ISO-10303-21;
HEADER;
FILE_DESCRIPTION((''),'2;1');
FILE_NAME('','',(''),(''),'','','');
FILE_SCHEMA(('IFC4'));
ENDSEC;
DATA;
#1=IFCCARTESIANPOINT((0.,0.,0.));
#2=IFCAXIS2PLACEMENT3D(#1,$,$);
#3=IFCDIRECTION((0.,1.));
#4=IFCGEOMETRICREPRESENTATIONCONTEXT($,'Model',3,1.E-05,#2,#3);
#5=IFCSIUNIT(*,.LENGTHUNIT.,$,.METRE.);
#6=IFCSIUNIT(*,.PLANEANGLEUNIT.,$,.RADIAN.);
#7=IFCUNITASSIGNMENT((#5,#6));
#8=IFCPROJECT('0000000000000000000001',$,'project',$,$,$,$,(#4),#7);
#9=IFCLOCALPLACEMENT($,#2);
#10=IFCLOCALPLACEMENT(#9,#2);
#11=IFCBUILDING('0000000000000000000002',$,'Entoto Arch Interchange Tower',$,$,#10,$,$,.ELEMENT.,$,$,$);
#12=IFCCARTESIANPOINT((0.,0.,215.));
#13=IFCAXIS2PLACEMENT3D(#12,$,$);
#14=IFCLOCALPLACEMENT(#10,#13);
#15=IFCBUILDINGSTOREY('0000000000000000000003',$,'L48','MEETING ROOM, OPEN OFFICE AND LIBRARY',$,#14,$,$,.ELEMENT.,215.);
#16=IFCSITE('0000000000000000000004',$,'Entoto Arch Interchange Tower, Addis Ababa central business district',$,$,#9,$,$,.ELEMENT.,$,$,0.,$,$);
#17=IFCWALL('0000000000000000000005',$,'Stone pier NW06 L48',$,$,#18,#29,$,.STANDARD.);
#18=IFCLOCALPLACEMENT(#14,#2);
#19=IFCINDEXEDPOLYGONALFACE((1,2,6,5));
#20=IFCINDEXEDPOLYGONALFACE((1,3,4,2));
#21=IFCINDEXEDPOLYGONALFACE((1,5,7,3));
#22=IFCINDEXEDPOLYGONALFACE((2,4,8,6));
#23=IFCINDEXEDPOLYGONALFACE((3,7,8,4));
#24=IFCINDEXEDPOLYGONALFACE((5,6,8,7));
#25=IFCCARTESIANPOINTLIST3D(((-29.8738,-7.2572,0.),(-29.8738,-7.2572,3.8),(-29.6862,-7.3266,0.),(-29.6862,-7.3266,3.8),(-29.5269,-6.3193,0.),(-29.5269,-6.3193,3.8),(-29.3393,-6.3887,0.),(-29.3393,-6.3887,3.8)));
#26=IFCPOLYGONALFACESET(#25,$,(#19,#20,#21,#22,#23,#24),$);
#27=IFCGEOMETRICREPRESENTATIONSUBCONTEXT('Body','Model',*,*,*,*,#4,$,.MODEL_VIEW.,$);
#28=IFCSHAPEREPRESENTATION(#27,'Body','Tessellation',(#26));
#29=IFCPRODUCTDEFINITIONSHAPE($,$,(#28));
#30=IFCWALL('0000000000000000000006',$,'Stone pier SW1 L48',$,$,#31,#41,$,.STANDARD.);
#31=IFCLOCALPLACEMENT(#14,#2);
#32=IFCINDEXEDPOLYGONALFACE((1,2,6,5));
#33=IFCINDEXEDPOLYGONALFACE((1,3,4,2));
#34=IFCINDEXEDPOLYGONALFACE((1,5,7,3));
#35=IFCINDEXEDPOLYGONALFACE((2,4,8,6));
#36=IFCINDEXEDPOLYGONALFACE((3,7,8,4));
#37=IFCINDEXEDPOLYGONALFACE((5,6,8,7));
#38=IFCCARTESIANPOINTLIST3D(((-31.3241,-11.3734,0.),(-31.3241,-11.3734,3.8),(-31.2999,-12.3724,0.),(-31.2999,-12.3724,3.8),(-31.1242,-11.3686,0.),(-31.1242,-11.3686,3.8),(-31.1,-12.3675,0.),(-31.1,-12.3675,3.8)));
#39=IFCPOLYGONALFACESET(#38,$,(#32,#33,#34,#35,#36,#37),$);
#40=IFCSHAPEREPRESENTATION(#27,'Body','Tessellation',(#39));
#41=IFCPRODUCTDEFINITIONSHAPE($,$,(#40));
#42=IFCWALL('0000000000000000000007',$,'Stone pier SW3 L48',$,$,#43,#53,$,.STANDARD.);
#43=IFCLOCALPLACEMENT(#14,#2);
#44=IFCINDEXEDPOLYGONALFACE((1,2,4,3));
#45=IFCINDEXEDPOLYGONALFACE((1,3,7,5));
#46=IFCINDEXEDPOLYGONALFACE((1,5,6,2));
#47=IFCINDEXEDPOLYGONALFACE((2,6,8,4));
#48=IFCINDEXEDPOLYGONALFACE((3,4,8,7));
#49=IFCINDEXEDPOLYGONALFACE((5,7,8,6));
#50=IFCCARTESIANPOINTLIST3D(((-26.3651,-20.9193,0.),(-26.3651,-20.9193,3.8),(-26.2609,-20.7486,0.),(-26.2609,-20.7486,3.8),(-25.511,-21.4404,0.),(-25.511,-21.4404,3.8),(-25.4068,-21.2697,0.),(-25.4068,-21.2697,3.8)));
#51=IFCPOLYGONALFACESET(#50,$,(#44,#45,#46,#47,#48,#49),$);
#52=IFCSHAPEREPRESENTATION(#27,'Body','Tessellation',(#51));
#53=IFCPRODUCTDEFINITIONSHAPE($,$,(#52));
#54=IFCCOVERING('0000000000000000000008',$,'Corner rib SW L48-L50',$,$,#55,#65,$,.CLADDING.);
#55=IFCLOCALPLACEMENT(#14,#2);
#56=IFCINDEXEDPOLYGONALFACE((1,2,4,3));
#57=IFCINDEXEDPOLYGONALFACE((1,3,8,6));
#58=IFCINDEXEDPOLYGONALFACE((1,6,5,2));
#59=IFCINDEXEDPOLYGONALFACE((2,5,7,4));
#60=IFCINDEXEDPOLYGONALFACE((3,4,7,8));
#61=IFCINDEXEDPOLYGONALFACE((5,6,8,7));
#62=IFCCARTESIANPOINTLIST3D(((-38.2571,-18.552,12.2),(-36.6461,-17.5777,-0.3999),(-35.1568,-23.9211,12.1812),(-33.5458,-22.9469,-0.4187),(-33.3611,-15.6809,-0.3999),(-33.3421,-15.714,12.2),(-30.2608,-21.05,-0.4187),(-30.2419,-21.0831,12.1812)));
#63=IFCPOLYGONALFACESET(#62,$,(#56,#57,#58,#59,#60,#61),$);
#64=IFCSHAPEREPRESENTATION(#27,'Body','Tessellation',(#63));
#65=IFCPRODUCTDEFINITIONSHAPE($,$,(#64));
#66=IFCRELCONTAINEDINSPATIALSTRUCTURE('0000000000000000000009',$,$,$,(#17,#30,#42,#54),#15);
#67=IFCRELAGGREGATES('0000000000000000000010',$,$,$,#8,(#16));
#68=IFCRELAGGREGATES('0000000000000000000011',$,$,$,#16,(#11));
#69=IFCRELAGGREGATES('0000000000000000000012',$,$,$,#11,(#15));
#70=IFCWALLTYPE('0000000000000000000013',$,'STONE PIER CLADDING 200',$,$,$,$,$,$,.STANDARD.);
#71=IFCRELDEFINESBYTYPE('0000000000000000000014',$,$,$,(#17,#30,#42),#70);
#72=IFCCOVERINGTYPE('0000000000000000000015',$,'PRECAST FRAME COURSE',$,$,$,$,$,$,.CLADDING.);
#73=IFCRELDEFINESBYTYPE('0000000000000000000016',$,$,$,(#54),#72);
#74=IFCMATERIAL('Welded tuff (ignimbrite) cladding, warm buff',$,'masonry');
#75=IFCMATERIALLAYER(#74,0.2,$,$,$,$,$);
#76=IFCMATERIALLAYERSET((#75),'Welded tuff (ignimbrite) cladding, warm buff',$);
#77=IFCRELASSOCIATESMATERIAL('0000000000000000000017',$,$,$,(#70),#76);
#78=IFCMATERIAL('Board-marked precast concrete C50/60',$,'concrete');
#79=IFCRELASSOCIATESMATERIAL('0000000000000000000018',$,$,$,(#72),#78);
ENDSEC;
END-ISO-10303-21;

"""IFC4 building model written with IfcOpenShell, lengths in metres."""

from ifc_helpers import new_model, si_unit, direction, frame, frame_2d, origin, place, context, subcontext, project, spatial, polyline, rectangle, outline, extrude, material, layer, layer_set, type_object, element, save


model = new_model("IFC4")

# Units and contexts
model_context = context("Model", 3, precision=1e-05, world=origin(), true_north=direction((0.0, 1.0)))
body_context = subcontext(model_context, "Body", "Model", "MODEL_VIEW")
ifc_project = project(units=[si_unit("LENGTHUNIT", "METRE"), si_unit("PLANEANGLEUNIT", "RADIAN")], contexts=[model_context])

# Site, building, storey
site_placement = place(None, origin())
site = spatial("IfcSite", under=ifc_project, at=site_placement, Name="Entoto Arch Interchange Tower, Addis Ababa central business district", CompositionType="ELEMENT", RefElevation=0.0)
building_placement = place(site_placement, origin())
building = spatial("IfcBuilding", under=site, at=building_placement, Name="Entoto Arch Interchange Tower", CompositionType="ELEMENT")
storey_placement = place(building_placement, frame((0.0, 0.0, 215.0)))
storey = spatial("IfcBuildingStorey", under=building, at=storey_placement, Name="L48", Description="MEETING ROOM, OPEN OFFICE AND LIBRARY", CompositionType="ELEMENT", Elevation=215.0)

# Shared definitions
ifc_material_1 = material(Name="Welded tuff (ignimbrite) cladding, warm buff", Category="masonry")

# Walls
ifc_layer_1 = layer(ifc_material_1, 0.2)
ifc_layer_set_1 = layer_set([ifc_layer_1], Name="Welded tuff (ignimbrite) cladding, warm buff")
wall_type_1 = type_object("IfcWallType", Name="STONE PIER CLADDING 200", PredefinedType="STANDARD", material=ifc_layer_set_1)
wall_1_placement = place(storey_placement, frame((-29.4331, -6.354, 0.0), z_axis=(0.0, 0.0, 1.0), x_axis=(-0.346893, -0.937905, 0.0)))
element("IfcWall", 1, at=wall_1_placement, inside=storey, type_object=wall_type_1, Name="Stone pier NW06 L48", PredefinedType="STANDARD", context=body_context, shape_type="SweptSolid", body=[
    extrude(rectangle(XDim=1.0, YDim=0.2, at=frame_2d((0.5, 0.0))), origin(), (0.0, 0.0, 1.0), 3.8),
])
wall_2_placement = place(storey_placement, frame((-31.2241, -11.3711, 0.0), z_axis=(0.0, 0.0, 1.0), x_axis=(0.024186, -0.999707, 0.0)))
element("IfcWall", 2, at=wall_2_placement, inside=storey, type_object=wall_type_1, Name="Stone pier SW1 L48", PredefinedType="STANDARD", context=body_context, shape_type="SweptSolid", body=[
    extrude(rectangle(XDim=0.9993, YDim=0.2, at=frame_2d((0.4995, 0.0))), origin(), (0.0, 0.0, 1.0), 3.8),
])
wall_3_placement = place(storey_placement, frame((-26.313, -20.834, 0.0), z_axis=(0.0, 0.0, 1.0), x_axis=(0.85368, -0.520798, 0.0)))
element("IfcWall", 3, at=wall_3_placement, inside=storey, type_object=wall_type_1, Name="Stone pier SW3 L48", PredefinedType="STANDARD", context=body_context, shape_type="SweptSolid", body=[
    extrude(rectangle(XDim=1.0005, YDim=0.2, at=frame_2d((0.5002, 0.0))), origin(), (0.0, 0.0, 1.0), 3.8),
])

# Covering
ifc_material_2 = material(Name="Board-marked precast concrete C50/60", Category="concrete")
covering_type = type_object("IfcCoveringType", Name="PRECAST FRAME COURSE", PredefinedType="CLADDING", material=ifc_material_2)
covering_placement = place(storey_placement, frame((-33.3611, -15.6809, -0.3999), z_axis=(-0.500047, 0.865993, 0.003025), x_axis=(-0.865997, -0.500049, 0.0)))
element("IfcCovering", 4, at=covering_placement, inside=storey, type_object=covering_type, Name="Corner rib SW L48-L50", PredefinedType="CLADDING", context=body_context, shape_type="SweptSolid", body=[
    extrude(outline(polyline([(0.0, 0.0), (3.7933, 0.0), (5.6756, 12.5999), (0.0001, 12.5999), (0.0, 0.0)])), origin(), (0.0, 0.0, -1.0), 6.2),
])

save(model, "model.ifc")
